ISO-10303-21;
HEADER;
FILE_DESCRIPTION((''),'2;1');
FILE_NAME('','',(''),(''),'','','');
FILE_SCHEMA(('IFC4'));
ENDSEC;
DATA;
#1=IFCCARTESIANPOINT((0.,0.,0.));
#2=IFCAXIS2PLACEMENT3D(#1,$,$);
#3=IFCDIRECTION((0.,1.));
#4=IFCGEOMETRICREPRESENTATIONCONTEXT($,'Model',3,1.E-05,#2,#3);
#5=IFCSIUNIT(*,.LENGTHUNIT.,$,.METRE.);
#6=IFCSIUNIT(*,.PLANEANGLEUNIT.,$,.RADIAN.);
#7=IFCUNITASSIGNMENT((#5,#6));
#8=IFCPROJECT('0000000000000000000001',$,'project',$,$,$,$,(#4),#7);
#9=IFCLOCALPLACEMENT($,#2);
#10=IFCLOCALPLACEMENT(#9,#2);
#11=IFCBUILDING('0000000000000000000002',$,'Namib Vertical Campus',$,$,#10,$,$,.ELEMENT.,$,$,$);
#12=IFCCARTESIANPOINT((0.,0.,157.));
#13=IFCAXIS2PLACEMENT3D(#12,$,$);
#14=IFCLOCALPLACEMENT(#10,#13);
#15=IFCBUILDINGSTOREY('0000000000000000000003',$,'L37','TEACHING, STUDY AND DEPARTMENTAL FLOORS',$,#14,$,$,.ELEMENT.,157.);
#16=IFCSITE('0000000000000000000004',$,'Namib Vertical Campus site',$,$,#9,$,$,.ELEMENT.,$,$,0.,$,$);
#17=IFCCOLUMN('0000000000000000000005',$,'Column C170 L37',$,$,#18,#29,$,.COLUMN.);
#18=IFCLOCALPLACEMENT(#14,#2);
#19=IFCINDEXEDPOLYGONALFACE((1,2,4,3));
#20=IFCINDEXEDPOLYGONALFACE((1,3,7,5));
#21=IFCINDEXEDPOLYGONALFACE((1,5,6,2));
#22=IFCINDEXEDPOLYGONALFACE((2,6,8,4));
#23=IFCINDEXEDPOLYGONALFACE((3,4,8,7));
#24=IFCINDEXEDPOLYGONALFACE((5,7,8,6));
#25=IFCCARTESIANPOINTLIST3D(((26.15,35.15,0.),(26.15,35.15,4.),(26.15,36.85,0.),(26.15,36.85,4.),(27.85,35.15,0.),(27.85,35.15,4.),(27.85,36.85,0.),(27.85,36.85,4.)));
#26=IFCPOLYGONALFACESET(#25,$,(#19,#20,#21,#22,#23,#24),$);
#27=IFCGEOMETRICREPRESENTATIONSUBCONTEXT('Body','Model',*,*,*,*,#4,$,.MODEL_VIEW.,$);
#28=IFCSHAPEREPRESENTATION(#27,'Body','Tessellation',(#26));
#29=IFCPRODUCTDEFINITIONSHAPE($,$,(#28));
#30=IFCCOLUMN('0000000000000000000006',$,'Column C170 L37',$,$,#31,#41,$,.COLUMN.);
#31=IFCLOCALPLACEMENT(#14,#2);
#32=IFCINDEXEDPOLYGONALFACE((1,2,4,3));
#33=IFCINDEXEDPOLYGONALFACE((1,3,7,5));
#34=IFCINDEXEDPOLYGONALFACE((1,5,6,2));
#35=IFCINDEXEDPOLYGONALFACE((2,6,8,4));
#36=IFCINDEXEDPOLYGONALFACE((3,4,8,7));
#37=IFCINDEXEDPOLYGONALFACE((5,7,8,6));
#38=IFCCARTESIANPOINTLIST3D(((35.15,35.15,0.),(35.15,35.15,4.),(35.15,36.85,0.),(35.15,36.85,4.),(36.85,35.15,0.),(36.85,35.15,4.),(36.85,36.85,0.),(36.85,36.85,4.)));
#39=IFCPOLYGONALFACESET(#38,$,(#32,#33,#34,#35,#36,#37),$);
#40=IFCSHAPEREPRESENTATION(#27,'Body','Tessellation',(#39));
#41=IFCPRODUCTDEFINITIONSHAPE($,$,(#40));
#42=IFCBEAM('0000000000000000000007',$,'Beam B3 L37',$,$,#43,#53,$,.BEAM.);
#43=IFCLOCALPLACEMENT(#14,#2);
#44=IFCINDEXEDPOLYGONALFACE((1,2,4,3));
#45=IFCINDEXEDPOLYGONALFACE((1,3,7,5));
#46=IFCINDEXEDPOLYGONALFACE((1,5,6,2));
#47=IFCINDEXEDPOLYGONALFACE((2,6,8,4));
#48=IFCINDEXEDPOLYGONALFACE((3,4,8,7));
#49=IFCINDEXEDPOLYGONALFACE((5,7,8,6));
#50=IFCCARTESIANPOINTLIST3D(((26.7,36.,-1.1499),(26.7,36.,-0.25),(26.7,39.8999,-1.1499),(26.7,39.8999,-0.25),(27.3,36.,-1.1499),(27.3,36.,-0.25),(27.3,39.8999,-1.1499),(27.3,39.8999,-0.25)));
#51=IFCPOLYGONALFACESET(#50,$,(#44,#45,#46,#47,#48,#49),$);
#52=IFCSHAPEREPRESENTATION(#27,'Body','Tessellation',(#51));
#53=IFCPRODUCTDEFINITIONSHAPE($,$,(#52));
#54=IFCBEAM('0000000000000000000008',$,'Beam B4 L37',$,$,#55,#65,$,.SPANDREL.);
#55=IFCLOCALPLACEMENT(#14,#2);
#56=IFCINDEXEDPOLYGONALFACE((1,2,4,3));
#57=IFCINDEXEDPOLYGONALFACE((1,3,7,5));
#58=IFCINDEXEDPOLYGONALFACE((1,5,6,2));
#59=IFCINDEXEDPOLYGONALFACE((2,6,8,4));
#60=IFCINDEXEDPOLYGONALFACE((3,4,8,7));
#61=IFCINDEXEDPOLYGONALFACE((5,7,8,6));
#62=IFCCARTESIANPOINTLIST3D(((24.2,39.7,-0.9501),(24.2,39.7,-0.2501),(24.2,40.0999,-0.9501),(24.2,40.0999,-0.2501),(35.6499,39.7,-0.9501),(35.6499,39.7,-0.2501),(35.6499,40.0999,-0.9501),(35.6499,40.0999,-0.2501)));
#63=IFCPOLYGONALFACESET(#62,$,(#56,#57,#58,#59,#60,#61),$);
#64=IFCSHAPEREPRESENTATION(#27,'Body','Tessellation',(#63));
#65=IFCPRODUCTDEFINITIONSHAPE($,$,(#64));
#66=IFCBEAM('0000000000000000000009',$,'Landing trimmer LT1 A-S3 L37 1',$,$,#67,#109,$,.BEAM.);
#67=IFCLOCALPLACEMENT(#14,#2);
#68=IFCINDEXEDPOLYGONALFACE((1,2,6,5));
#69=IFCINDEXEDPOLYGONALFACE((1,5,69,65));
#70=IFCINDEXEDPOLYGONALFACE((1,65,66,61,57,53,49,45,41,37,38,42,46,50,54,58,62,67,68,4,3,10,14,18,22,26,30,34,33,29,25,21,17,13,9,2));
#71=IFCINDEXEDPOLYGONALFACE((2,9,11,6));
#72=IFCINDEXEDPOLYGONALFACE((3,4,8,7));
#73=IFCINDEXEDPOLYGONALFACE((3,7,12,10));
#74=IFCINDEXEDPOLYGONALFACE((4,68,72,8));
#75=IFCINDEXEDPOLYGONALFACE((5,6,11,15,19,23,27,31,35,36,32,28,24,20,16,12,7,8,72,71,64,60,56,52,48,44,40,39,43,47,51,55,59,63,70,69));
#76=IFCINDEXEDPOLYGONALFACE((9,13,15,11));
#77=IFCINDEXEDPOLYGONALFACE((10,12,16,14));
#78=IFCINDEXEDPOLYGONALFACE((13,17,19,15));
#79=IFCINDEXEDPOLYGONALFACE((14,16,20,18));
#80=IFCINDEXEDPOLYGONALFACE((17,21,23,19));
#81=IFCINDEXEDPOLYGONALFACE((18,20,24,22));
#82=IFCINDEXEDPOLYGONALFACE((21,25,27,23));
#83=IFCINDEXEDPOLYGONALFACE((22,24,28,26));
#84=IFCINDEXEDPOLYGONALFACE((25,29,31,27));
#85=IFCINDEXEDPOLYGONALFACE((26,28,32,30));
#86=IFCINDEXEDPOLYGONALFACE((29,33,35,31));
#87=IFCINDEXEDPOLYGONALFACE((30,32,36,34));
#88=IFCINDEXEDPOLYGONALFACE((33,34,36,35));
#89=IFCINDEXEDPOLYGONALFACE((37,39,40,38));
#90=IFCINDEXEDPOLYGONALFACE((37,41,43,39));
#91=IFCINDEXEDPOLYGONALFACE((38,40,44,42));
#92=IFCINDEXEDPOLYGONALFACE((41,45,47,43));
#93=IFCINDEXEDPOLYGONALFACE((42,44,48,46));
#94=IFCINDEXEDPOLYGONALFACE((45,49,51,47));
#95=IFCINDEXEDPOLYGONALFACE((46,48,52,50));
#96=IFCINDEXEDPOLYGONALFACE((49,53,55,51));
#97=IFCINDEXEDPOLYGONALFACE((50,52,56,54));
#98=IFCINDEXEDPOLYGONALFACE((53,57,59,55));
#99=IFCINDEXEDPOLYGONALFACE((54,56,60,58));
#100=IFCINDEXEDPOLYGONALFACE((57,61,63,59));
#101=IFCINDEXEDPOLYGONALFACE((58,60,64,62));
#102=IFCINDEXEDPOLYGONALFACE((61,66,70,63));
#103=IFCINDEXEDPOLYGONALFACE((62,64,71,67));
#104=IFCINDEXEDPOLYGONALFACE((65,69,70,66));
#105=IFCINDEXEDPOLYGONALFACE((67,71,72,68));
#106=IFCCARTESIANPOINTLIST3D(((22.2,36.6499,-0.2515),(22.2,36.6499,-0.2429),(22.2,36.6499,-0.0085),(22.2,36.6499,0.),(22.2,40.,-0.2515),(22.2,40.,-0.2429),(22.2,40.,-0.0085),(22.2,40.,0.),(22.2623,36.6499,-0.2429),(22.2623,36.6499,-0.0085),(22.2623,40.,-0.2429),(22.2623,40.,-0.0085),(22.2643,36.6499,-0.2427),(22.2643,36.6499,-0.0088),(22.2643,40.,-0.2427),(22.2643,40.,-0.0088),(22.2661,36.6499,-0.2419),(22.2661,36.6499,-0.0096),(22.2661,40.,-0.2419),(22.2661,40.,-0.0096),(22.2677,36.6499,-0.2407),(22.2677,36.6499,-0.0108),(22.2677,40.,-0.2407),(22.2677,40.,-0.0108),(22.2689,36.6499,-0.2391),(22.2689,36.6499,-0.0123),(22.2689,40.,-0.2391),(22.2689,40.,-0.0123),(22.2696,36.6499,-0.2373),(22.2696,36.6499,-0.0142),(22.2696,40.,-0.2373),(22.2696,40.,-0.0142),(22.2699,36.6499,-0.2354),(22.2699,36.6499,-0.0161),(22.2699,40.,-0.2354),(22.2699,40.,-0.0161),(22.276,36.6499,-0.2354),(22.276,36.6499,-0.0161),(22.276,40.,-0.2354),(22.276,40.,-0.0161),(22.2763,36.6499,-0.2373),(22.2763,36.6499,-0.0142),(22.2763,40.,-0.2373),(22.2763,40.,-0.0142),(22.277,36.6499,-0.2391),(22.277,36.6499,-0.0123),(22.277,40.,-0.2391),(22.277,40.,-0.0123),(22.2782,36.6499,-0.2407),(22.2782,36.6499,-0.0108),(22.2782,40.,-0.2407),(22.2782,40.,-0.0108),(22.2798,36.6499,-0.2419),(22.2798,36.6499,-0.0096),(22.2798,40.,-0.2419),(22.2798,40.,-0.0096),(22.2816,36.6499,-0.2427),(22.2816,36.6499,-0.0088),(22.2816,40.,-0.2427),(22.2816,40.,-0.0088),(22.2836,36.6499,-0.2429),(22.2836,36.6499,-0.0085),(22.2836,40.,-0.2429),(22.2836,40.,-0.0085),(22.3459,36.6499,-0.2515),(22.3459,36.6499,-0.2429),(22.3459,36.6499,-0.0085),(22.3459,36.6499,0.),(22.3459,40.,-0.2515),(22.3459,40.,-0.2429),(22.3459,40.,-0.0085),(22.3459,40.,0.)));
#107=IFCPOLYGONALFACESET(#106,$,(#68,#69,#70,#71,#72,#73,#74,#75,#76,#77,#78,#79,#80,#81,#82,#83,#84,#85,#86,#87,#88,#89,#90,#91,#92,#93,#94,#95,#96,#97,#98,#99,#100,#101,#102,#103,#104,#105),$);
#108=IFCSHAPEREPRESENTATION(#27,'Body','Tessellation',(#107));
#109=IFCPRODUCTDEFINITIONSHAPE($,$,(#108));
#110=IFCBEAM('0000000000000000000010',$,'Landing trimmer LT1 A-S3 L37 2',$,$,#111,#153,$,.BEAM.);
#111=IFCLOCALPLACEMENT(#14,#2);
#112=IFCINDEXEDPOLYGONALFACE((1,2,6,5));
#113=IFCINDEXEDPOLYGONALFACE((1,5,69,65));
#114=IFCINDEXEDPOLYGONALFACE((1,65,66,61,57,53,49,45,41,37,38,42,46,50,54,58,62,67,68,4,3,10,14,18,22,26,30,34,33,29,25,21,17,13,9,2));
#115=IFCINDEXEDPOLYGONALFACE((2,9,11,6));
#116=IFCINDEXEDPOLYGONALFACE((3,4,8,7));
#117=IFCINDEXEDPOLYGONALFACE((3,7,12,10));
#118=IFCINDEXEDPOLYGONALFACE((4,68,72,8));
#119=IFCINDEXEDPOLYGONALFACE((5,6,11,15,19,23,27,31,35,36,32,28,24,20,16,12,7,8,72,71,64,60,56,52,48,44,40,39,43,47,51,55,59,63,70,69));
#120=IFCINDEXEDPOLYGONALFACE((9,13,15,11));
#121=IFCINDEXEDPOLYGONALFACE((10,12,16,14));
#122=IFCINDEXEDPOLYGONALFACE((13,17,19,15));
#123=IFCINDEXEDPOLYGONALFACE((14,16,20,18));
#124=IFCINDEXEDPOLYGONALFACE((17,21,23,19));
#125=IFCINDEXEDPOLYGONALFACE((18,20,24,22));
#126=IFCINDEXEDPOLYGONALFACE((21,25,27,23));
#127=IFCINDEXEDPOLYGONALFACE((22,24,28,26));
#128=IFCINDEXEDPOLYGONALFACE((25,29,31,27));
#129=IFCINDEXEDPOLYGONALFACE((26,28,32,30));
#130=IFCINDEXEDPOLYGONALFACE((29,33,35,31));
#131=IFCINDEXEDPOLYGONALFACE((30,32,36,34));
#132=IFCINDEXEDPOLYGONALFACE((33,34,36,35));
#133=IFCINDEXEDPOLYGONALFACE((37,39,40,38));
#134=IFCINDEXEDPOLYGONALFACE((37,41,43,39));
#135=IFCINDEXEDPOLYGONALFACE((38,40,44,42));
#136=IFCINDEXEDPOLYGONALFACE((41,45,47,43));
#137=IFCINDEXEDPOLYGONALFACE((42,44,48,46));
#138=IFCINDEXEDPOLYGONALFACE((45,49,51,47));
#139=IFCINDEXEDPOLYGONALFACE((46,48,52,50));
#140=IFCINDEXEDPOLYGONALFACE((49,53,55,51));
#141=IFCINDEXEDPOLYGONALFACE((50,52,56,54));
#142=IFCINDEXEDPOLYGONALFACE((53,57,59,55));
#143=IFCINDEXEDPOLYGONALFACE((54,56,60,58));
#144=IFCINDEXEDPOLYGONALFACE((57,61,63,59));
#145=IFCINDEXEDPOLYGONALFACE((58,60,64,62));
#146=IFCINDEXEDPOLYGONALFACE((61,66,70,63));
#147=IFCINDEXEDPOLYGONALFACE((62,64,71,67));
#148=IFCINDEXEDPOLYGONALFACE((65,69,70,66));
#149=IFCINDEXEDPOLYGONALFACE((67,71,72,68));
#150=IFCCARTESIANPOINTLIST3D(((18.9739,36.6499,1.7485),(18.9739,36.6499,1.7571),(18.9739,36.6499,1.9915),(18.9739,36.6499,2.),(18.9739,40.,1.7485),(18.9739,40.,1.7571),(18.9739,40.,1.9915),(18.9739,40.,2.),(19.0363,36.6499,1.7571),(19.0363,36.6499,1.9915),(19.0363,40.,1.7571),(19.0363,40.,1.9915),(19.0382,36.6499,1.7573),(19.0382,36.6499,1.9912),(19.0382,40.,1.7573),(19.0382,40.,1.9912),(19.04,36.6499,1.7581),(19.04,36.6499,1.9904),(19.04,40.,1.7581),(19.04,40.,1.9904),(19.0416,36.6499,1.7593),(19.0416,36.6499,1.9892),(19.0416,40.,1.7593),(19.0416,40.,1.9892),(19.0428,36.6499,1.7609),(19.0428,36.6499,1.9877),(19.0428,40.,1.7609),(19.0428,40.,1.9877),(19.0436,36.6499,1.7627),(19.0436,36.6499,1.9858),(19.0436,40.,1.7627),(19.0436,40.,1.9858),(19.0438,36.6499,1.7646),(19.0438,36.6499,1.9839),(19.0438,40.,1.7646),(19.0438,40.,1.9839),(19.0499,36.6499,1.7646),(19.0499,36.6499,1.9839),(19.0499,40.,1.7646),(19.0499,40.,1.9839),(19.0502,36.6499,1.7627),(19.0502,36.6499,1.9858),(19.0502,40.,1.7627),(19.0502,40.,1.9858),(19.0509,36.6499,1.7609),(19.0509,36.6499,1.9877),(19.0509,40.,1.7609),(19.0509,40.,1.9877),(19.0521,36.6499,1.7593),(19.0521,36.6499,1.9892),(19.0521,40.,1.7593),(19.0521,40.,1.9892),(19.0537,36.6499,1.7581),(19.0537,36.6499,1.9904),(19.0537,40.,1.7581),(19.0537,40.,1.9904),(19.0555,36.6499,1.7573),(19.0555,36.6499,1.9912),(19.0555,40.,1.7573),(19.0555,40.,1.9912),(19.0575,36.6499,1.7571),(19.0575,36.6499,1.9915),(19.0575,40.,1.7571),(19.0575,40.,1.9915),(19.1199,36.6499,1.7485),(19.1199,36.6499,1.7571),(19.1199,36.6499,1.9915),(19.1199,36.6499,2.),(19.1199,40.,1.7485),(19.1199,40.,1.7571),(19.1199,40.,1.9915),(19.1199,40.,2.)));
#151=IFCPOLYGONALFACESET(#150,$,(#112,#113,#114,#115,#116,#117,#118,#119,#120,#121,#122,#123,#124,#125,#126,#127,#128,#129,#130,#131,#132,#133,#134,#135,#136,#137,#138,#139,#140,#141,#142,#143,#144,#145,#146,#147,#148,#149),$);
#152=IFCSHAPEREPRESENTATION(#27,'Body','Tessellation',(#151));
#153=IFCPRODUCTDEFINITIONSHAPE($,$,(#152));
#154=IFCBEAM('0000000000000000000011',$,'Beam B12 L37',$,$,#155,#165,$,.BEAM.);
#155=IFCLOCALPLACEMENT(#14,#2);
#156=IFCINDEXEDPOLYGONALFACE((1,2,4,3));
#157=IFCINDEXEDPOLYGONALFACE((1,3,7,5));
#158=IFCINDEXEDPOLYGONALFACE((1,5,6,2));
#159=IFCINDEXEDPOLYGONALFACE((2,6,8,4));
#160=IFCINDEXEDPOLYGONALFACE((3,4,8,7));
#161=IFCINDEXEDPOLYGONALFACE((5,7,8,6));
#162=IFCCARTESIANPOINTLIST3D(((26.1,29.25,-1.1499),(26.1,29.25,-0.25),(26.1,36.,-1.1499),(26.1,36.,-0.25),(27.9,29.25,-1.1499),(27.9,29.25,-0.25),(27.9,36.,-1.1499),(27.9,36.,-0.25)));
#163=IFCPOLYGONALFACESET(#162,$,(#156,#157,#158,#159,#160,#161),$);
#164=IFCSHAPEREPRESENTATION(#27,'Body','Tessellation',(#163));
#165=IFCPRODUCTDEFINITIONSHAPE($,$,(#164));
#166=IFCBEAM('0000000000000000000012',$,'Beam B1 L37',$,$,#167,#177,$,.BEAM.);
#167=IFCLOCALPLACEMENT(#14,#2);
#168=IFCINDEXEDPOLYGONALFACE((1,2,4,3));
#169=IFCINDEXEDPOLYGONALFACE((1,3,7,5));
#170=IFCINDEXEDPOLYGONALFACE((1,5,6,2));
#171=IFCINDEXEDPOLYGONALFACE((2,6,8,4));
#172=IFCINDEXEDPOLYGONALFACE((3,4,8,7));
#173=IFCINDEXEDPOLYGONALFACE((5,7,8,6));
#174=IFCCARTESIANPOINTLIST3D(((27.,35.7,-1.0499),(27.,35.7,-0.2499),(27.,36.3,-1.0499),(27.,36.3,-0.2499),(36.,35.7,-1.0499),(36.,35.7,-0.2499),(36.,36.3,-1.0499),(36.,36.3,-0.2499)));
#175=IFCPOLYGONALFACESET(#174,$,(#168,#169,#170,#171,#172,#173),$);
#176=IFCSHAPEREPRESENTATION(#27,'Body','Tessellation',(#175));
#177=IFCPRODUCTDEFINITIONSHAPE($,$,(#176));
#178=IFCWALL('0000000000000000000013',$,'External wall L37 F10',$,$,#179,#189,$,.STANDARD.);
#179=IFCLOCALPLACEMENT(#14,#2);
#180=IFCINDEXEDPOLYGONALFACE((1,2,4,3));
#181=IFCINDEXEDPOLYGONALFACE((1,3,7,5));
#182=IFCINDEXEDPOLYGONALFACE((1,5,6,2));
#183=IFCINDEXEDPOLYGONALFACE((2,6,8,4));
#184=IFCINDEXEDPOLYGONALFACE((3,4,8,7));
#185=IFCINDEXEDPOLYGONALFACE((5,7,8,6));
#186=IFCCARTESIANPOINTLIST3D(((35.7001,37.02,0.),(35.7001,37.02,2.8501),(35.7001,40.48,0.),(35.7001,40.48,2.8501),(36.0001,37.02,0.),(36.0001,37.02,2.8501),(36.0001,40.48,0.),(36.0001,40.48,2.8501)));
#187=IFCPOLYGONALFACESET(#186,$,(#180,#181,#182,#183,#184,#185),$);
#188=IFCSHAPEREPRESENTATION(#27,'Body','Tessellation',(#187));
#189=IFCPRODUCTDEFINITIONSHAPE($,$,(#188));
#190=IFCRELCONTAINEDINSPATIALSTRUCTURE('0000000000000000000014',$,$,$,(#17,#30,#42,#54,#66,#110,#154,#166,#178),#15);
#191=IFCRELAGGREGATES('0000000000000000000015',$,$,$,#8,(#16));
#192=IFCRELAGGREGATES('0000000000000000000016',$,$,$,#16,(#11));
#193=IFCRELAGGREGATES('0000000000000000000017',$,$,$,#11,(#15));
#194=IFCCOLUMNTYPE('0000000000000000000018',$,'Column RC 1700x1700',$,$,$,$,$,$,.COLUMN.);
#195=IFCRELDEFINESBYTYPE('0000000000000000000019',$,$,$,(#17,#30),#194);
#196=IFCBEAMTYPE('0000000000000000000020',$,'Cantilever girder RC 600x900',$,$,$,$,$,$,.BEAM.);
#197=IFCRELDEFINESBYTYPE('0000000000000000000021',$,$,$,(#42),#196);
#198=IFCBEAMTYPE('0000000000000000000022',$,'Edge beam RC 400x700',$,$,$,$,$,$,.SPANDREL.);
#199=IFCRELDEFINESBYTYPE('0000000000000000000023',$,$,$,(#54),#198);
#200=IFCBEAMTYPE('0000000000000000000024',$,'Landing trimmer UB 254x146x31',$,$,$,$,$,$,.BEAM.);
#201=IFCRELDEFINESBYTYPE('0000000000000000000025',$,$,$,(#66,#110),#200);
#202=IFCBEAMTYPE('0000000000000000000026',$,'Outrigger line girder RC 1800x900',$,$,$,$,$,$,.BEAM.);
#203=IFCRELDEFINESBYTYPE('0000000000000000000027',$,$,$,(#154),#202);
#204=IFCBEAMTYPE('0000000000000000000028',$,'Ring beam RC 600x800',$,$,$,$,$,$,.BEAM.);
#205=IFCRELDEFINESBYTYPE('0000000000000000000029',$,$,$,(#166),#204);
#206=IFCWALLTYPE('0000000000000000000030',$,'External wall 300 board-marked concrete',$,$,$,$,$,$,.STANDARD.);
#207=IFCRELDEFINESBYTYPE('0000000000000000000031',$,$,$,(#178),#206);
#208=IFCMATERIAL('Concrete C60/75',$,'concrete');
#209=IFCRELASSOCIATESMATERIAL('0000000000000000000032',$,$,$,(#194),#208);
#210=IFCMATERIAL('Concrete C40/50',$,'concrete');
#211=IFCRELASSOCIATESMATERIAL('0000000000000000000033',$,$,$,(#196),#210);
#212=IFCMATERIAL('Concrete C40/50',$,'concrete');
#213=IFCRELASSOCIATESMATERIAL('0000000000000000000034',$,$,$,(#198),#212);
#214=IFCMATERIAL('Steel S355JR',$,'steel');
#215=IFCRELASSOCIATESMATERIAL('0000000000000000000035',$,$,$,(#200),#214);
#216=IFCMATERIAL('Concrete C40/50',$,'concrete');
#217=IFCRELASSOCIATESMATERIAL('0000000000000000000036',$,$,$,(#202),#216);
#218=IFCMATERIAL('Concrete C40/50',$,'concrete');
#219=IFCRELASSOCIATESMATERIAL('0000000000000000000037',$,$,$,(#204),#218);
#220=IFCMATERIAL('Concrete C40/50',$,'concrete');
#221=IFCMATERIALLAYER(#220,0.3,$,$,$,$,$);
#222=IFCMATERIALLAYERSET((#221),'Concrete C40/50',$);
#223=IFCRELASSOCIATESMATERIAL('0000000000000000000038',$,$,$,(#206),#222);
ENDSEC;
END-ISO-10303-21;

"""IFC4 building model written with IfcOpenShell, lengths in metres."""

from ifc_helpers import new_model, si_unit, direction, frame, frame_2d, origin, origin_2d, place, context, subcontext, project, spatial, rectangle, i_section, extrude, material, layer, layer_set, material_profile, profile_set, type_object, element, save


model = new_model("IFC4")

# Units and contexts
model_context = context("Model", 3, precision=1e-05, world=origin(), true_north=direction((0.0, 1.0)))
body_context = subcontext(model_context, "Body", "Model", "MODEL_VIEW")
ifc_project = project(units=[si_unit("LENGTHUNIT", "METRE"), si_unit("PLANEANGLEUNIT", "RADIAN")], contexts=[model_context])

# Site, building, storey
site_placement = place(None, origin())
site = spatial("IfcSite", under=ifc_project, at=site_placement, Name="Namib Vertical Campus site", CompositionType="ELEMENT", RefElevation=0.0)
building_placement = place(site_placement, origin())
building = spatial("IfcBuilding", under=site, at=building_placement, Name="Namib Vertical Campus", CompositionType="ELEMENT")
storey_placement = place(building_placement, frame((0.0, 0.0, 157.0)))
storey = spatial("IfcBuildingStorey", under=building, at=storey_placement, Name="L37", Description="TEACHING, STUDY AND DEPARTMENTAL FLOORS", CompositionType="ELEMENT", Elevation=157.0)

# Columns
ifc_material_1 = material(Name="Concrete C60/75", Category="concrete")
ifc_material_profile_1 = material_profile(ifc_material_1, rectangle(XDim=1.7, YDim=1.7, at=origin_2d()))
ifc_profile_set_1 = profile_set([ifc_material_profile_1], Name="Concrete C60/75")
column_type = type_object("IfcColumnType", Name="Column RC 1700x1700", PredefinedType="COLUMN", material=ifc_profile_set_1)
for number, where, z_axis, x_axis, name in (
    (1, (27.0, 36.0, 0.0), (0.0, 0.0, 1.0), (1.0, 0.0, 0.0), "Column C170 L37"),
    (2, (36.0, 36.0, 0.0), (0.0, 0.0, 1.0), (1.0, 0.0, 0.0), "Column C170 L37"),
):
    element("IfcColumn", number, at=place(storey_placement, frame(where, z_axis=z_axis, x_axis=x_axis)), inside=storey, type_object=column_type, Name=name, PredefinedType="COLUMN", context=body_context, shape_type="SweptSolid", body=[
        extrude(rectangle(XDim=1.7, YDim=1.7, at=origin_2d()), origin(), (0.0, 0.0, 1.0), 4.0),
    ])

# Beams
ifc_material_2 = material(Name="Concrete C40/50", Category="concrete")
ifc_material_profile_2 = material_profile(ifc_material_2, rectangle(XDim=0.6001, YDim=0.8999, at=origin_2d()))
ifc_profile_set_2 = profile_set([ifc_material_profile_2], Name="Concrete C40/50")
beam_type_1 = type_object("IfcBeamType", Name="Cantilever girder RC 600x900", PredefinedType="BEAM", material=ifc_profile_set_2)
beam_1_placement = place(storey_placement, frame((27.0, 36.0, -0.7), z_axis=(0.0, 1.0, 0.0), x_axis=(-1.0, 0.0, 0.0)))
element("IfcBeam", 3, at=beam_1_placement, inside=storey, type_object=beam_type_1, Name="Beam B3 L37", PredefinedType="BEAM", context=body_context, shape_type="SweptSolid", body=[
    extrude(rectangle(XDim=0.6001, YDim=0.8999, at=origin_2d()), origin(), (0.0, 0.0, 1.0), 3.8999),
])
ifc_material_3 = material(Name="Concrete C40/50", Category="concrete")
ifc_material_profile_3 = material_profile(ifc_material_3, rectangle(XDim=0.3999, YDim=0.7, at=origin_2d()))
ifc_profile_set_3 = profile_set([ifc_material_profile_3], Name="Concrete C40/50")
beam_type_2 = type_object("IfcBeamType", Name="Edge beam RC 400x700", PredefinedType="SPANDREL", material=ifc_profile_set_3)
beam_2_placement = place(storey_placement, frame((24.2, 39.8999, -0.6001), z_axis=(1.0, 0.0, 0.0), x_axis=(0.0, 1.0, 0.0)))
element("IfcBeam", 4, at=beam_2_placement, inside=storey, type_object=beam_type_2, Name="Beam B4 L37", PredefinedType="SPANDREL", context=body_context, shape_type="SweptSolid", body=[
    extrude(rectangle(XDim=0.3999, YDim=0.7, at=origin_2d()), origin(), (0.0, 0.0, 1.0), 11.45),
])
ifc_material_4 = material(Name="Steel S355JR", Category="steel")
ifc_material_profile_4 = material_profile(ifc_material_4, i_section(OverallWidth=0.146, OverallDepth=0.2515, WebThickness=0.0061, FlangeThickness=0.0085, FilletRadius=0.0076, at=origin_2d()))
ifc_profile_set_4 = profile_set([ifc_material_profile_4], Name="Steel S355JR")
beam_type_3 = type_object("IfcBeamType", Name="Landing trimmer UB 254x146x31", PredefinedType="BEAM", material=ifc_profile_set_4)
for number, where, z_axis, x_axis, name in (
    (5, (22.2729, 36.6499, -0.1257), (0.0, 1.0, 0.0), (-1.0, 0.0, 0.0), "Landing trimmer LT1 A-S3 L37 1"),
    (6, (19.0469, 36.6499, 1.8743), (0.0, 1.0, 0.0), (-1.0, 0.0, 0.0), "Landing trimmer LT1 A-S3 L37 2"),
):
    element("IfcBeam", number, at=place(storey_placement, frame(where, z_axis=z_axis, x_axis=x_axis)), inside=storey, type_object=beam_type_3, Name=name, PredefinedType="BEAM", context=body_context, shape_type="SweptSolid", body=[
        extrude(i_section(OverallWidth=0.146, OverallDepth=0.2515, WebThickness=0.0061, FlangeThickness=0.0085, FilletRadius=0.0076, at=origin_2d()), origin(), (0.0, 0.0, 1.0), 3.3501),
    ])
ifc_material_5 = material(Name="Concrete C40/50", Category="concrete")
ifc_material_profile_5 = material_profile(ifc_material_5, rectangle(XDim=1.8, YDim=0.8999, at=origin_2d()))
ifc_profile_set_5 = profile_set([ifc_material_profile_5], Name="Concrete C40/50")
beam_type_4 = type_object("IfcBeamType", Name="Outrigger line girder RC 1800x900", PredefinedType="BEAM", material=ifc_profile_set_5)
beam_3_placement = place(storey_placement, frame((27.0, 36.0, -0.7), z_axis=(0.0, -1.0, 0.0), x_axis=(1.0, 0.0, 0.0)))
element("IfcBeam", 7, at=beam_3_placement, inside=storey, type_object=beam_type_4, Name="Beam B12 L37", PredefinedType="BEAM", context=body_context, shape_type="SweptSolid", body=[
    extrude(rectangle(XDim=1.8, YDim=0.8999, at=origin_2d()), origin(), (0.0, 0.0, 1.0), 6.75),
])
ifc_material_6 = material(Name="Concrete C40/50", Category="concrete")
ifc_material_profile_6 = material_profile(ifc_material_6, rectangle(XDim=0.6001, YDim=0.8, at=origin_2d()))
ifc_profile_set_6 = profile_set([ifc_material_profile_6], Name="Concrete C40/50")
beam_type_5 = type_object("IfcBeamType", Name="Ring beam RC 600x800", PredefinedType="BEAM", material=ifc_profile_set_6)
beam_4_placement = place(storey_placement, frame((27.0, 36.0, -0.6499), z_axis=(1.0, 0.0, 0.0), x_axis=(0.0, 1.0, 0.0)))
element("IfcBeam", 8, at=beam_4_placement, inside=storey, type_object=beam_type_5, Name="Beam B1 L37", PredefinedType="BEAM", context=body_context, shape_type="SweptSolid", body=[
    extrude(rectangle(XDim=0.6001, YDim=0.8, at=origin_2d()), origin(), (0.0, 0.0, 1.0), 9.0),
])

# Wall
ifc_material_7 = material(Name="Concrete C40/50", Category="concrete")
ifc_layer_1 = layer(ifc_material_7, 0.3)
ifc_layer_set_1 = layer_set([ifc_layer_1], Name="Concrete C40/50")
wall_type_1 = type_object("IfcWallType", Name="External wall 300 board-marked concrete", PredefinedType="STANDARD", material=ifc_layer_set_1)
wall_1_placement = place(storey_placement, frame((35.8501, 37.02, 0.0), z_axis=(0.0, 0.0, 1.0), x_axis=(0.0, 1.0, 0.0)))
element("IfcWall", 9, at=wall_1_placement, inside=storey, type_object=wall_type_1, Name="External wall L37 F10", PredefinedType="STANDARD", context=body_context, shape_type="SweptSolid", body=[
    extrude(rectangle(XDim=3.46, YDim=0.3, at=frame_2d((1.73, 0.0))), origin(), (0.0, 0.0, 1.0), 2.8501),
])

save(model, "model.ifc")
